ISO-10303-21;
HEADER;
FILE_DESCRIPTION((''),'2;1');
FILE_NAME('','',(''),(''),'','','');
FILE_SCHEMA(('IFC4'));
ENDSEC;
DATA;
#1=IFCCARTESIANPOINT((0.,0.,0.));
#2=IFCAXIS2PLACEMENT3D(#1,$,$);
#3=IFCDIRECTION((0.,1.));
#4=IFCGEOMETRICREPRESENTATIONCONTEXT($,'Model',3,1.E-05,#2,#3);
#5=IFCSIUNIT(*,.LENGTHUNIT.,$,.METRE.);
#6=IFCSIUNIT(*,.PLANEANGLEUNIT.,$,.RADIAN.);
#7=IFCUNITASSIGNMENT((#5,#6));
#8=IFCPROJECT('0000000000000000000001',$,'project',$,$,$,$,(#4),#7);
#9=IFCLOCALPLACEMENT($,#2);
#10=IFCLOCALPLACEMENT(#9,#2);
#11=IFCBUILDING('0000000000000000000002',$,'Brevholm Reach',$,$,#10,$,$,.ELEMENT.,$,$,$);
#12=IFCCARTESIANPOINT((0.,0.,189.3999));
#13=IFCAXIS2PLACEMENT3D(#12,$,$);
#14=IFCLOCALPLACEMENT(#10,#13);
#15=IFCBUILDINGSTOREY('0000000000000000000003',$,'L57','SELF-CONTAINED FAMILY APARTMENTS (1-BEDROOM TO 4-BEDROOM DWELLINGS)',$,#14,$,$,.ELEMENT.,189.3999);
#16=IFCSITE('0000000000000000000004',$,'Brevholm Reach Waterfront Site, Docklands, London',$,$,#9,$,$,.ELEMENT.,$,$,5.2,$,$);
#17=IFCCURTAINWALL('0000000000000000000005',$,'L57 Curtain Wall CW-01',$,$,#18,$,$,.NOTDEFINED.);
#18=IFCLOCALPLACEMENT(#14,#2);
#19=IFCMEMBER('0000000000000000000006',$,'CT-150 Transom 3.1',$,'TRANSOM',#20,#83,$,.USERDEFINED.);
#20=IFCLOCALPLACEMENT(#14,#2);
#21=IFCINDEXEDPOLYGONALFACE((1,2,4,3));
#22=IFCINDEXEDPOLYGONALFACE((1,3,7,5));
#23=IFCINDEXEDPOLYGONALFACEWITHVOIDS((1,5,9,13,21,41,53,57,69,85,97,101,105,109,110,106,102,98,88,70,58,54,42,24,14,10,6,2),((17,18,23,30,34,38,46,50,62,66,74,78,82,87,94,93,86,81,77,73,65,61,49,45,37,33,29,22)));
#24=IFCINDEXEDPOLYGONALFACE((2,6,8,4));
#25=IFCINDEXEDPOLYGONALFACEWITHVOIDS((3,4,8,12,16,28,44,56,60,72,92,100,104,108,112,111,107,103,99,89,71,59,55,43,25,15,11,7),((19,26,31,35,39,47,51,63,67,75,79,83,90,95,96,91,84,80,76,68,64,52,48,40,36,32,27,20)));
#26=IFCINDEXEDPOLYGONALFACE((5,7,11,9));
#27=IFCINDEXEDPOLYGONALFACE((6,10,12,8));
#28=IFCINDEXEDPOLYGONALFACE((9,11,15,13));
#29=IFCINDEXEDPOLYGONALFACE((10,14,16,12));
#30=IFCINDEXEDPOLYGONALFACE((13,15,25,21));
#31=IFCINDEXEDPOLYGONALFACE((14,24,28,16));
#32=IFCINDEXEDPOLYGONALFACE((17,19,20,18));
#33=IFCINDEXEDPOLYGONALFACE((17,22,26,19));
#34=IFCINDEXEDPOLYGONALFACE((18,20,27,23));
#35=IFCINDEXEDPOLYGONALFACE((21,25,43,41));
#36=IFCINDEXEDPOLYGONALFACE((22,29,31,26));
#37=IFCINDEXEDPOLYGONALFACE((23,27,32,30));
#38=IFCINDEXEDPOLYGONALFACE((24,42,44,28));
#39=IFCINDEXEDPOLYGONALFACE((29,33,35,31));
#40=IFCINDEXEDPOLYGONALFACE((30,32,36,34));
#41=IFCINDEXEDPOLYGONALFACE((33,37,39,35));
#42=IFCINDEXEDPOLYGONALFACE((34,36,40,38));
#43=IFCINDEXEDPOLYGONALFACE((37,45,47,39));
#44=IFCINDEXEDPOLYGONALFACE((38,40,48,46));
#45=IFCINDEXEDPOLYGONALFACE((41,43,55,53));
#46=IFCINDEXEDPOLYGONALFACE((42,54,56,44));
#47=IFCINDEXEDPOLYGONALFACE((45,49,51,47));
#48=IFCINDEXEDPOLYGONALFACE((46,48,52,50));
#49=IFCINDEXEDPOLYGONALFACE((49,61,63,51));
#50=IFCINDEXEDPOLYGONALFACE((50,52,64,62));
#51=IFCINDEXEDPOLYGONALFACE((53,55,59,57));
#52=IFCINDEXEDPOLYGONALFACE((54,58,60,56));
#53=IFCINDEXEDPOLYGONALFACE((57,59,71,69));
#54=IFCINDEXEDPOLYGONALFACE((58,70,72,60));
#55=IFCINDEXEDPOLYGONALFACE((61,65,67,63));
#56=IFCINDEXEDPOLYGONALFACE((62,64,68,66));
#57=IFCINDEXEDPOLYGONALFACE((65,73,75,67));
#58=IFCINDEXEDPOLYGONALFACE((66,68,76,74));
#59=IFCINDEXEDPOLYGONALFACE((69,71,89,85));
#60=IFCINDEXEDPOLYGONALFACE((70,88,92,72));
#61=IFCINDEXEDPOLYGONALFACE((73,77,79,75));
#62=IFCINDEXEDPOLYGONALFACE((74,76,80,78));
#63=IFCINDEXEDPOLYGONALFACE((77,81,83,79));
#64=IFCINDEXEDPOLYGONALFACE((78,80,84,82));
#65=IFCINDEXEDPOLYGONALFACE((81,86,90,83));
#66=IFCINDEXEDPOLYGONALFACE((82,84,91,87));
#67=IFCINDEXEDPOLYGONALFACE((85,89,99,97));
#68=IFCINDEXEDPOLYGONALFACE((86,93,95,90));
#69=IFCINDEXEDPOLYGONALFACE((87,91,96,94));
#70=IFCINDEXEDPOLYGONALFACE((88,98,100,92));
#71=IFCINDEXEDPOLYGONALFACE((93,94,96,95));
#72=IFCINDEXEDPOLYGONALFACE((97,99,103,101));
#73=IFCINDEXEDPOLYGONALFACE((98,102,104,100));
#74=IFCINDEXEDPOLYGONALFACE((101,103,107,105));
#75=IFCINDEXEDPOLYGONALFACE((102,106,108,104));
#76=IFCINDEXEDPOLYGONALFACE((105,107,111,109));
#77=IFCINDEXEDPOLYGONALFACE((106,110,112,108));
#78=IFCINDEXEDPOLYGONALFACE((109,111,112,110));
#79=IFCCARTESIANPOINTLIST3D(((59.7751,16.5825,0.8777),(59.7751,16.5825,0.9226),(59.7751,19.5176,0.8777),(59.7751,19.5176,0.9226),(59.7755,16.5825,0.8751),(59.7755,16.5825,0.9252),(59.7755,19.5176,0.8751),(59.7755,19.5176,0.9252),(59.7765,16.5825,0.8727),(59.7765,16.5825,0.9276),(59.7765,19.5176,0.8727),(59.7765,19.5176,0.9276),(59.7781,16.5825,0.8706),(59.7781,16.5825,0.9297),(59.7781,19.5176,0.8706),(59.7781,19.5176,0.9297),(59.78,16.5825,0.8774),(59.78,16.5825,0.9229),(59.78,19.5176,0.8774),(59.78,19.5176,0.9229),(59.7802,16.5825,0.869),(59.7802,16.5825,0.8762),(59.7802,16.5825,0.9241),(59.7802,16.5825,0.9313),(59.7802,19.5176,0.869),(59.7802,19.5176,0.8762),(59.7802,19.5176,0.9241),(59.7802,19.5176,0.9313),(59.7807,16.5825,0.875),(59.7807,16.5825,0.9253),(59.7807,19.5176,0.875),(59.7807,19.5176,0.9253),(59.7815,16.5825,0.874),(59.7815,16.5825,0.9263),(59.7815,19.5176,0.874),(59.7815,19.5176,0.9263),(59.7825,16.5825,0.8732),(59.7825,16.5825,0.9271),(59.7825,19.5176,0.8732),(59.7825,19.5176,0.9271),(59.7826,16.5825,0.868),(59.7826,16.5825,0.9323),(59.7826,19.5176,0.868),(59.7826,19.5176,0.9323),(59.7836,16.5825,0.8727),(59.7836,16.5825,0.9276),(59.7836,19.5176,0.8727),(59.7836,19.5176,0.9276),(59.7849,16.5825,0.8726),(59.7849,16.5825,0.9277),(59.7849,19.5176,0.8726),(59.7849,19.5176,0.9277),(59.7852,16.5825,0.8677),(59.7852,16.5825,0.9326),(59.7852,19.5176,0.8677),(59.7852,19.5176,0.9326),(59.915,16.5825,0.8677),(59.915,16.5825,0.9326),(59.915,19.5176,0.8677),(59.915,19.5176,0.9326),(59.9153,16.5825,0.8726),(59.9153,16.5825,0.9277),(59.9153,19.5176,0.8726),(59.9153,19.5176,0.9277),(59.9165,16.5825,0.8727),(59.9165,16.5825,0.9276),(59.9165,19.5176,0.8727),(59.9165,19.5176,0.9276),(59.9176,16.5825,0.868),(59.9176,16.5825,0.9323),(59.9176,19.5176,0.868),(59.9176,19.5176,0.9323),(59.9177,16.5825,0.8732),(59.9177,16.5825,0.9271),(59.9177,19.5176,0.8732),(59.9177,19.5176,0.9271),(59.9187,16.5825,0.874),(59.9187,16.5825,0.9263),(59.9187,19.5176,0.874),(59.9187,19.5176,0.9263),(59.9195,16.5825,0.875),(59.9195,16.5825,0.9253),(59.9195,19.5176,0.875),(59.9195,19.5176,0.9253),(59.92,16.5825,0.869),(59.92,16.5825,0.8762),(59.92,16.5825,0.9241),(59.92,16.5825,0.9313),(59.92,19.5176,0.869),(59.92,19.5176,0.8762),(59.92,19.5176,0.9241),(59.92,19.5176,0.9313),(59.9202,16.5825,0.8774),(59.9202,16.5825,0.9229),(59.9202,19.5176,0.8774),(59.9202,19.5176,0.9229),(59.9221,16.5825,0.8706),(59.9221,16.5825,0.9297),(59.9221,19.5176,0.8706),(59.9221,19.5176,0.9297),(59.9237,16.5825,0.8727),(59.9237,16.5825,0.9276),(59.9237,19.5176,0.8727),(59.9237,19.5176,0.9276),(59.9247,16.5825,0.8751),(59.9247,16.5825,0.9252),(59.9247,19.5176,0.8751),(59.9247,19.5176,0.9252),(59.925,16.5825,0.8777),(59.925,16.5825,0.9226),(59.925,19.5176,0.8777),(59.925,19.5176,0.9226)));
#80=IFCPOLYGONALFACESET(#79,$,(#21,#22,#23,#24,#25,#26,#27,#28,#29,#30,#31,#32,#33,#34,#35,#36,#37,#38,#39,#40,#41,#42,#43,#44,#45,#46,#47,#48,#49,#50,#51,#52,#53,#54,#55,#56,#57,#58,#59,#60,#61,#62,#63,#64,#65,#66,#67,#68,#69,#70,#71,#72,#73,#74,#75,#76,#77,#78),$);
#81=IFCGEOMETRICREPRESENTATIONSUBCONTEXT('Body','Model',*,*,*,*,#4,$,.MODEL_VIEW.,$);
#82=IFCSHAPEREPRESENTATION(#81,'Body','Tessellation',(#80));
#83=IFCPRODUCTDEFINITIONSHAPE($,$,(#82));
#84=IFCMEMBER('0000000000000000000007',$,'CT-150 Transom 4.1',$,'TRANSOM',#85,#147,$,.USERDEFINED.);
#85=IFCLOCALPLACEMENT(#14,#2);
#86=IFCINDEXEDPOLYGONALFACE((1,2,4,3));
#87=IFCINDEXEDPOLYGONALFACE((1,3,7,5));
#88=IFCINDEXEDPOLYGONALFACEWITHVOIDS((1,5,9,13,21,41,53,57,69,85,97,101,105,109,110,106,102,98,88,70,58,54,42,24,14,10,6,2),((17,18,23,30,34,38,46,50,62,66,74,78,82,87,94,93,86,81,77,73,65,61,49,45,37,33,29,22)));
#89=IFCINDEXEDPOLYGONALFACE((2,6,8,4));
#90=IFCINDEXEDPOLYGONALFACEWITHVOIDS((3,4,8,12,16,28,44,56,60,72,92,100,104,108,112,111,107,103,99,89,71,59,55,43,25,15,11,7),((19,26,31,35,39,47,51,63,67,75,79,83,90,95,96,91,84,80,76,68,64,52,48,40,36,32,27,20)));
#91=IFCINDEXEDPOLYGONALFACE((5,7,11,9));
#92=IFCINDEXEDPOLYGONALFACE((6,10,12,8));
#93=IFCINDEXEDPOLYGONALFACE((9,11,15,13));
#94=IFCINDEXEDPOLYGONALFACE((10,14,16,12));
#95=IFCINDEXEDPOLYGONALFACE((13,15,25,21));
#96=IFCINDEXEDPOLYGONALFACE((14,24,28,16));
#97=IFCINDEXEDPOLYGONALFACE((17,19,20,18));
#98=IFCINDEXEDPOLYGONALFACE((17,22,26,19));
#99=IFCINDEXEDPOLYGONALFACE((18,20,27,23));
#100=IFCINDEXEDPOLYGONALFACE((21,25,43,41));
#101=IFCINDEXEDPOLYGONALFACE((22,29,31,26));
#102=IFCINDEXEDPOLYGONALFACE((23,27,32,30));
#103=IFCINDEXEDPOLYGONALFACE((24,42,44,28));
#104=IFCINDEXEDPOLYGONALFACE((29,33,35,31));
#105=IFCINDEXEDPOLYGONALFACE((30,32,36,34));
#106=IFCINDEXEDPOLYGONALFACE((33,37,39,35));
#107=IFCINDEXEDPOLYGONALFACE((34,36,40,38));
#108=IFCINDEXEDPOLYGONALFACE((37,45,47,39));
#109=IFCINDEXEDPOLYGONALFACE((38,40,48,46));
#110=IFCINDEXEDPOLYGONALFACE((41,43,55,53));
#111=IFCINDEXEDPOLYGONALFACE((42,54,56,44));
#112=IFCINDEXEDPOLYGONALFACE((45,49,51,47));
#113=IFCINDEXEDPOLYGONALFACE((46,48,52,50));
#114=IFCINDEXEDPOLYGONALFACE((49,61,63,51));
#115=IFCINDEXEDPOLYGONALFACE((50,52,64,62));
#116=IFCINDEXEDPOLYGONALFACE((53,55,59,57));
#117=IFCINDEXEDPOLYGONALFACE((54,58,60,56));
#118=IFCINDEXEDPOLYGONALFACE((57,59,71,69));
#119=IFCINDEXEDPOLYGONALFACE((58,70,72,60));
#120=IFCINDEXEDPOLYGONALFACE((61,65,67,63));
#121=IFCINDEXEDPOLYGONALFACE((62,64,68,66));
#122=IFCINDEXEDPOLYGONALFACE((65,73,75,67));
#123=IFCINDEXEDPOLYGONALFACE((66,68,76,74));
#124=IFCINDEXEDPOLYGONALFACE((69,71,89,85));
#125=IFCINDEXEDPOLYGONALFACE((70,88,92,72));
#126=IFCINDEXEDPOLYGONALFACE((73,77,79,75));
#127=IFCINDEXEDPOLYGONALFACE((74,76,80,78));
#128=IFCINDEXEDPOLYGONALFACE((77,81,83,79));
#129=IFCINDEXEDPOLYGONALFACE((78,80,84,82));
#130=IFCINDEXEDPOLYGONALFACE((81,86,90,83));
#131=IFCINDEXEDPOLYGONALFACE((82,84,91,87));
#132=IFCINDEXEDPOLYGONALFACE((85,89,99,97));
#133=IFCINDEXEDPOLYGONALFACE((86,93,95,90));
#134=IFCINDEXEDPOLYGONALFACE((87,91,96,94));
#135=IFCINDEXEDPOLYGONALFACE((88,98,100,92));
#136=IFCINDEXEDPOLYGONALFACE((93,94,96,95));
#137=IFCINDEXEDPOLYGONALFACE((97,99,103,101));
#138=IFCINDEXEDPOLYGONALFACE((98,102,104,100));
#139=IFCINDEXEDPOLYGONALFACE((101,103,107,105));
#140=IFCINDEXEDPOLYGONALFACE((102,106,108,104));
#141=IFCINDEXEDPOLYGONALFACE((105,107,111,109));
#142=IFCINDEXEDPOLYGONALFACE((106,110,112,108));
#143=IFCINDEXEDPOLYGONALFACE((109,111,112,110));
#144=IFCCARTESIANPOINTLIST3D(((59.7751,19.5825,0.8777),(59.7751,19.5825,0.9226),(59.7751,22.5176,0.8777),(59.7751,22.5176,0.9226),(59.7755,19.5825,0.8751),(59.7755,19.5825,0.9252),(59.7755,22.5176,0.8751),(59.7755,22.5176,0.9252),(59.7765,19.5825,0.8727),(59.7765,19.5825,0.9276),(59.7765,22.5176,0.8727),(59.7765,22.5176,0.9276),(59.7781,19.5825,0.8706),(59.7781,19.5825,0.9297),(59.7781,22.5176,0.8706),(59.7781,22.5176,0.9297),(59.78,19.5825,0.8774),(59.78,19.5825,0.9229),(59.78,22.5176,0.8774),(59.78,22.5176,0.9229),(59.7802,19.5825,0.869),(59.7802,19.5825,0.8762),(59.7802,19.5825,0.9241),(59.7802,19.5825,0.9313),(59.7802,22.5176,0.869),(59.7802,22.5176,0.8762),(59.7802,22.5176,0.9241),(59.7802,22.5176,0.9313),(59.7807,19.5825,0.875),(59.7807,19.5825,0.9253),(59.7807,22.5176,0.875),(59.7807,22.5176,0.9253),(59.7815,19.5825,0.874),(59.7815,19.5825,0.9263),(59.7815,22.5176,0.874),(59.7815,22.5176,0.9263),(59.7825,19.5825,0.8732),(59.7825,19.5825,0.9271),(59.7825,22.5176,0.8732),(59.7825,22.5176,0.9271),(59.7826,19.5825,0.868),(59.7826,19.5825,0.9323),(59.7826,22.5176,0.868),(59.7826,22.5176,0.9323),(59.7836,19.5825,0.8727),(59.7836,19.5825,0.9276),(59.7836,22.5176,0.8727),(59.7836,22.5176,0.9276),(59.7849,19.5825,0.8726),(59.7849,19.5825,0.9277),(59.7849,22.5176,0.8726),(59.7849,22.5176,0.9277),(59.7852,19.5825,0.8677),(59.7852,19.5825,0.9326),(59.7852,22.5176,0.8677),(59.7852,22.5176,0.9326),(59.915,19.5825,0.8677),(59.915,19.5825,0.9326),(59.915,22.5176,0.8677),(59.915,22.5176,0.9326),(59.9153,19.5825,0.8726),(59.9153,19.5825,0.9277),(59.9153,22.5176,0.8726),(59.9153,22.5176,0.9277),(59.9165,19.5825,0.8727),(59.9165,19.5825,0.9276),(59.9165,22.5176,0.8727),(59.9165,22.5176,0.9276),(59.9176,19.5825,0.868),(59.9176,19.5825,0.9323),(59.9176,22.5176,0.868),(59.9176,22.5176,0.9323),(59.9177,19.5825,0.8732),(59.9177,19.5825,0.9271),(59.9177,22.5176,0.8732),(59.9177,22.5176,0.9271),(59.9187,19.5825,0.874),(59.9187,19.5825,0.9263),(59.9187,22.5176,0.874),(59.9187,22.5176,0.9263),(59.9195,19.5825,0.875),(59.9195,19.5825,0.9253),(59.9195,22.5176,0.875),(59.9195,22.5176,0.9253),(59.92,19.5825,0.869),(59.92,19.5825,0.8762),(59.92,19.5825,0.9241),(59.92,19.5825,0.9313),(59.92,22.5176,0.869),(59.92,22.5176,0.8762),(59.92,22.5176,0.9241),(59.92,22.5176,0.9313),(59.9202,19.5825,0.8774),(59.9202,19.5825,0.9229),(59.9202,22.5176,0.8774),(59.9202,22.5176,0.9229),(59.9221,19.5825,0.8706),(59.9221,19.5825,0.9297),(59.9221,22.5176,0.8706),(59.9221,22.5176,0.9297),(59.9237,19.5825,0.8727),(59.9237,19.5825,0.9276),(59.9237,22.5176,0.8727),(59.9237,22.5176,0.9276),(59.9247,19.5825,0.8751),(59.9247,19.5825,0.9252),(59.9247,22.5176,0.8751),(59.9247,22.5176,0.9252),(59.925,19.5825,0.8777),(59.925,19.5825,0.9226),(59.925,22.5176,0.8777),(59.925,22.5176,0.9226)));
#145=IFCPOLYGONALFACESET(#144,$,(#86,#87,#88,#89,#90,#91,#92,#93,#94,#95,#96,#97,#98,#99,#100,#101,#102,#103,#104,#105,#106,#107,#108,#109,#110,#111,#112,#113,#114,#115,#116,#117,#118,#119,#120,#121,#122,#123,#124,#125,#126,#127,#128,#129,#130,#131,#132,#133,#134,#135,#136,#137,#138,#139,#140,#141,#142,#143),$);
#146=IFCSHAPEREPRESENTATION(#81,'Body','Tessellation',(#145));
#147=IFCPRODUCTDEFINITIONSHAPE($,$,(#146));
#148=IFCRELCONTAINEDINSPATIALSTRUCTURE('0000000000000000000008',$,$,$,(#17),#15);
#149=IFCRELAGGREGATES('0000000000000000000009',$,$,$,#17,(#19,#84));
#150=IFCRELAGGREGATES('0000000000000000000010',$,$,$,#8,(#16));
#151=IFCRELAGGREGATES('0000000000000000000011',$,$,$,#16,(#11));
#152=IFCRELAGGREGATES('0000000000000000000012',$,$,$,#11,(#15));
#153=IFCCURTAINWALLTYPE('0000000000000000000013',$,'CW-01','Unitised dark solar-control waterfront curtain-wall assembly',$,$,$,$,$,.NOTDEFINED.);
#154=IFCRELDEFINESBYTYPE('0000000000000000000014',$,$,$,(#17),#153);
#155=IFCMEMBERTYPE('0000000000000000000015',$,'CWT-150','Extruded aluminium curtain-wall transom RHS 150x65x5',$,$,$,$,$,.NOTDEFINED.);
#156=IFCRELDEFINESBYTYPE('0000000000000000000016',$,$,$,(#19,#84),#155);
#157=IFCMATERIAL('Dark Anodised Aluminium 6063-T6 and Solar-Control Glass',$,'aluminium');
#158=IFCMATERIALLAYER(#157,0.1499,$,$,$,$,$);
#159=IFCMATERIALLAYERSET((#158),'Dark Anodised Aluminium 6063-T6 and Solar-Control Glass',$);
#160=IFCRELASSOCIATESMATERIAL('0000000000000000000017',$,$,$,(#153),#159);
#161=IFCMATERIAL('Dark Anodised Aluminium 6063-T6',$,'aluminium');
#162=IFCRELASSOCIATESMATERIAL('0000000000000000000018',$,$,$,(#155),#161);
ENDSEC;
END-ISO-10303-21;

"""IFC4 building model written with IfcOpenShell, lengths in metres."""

from ifc_helpers import new_model, si_unit, direction, frame, origin, origin_2d, place, context, subcontext, project, spatial, hollow_rectangle, extrude, material, layer, layer_set, material_profile, profile_set, type_object, element, aggregate, save


model = new_model("IFC4")

# Units and contexts
model_context = context("Model", 3, precision=1e-05, world=origin(), true_north=direction((0.0, 1.0)))
body_context = subcontext(model_context, "Body", "Model", "MODEL_VIEW")
ifc_project = project(units=[si_unit("LENGTHUNIT", "METRE"), si_unit("PLANEANGLEUNIT", "RADIAN")], contexts=[model_context])

# Site, building, storey
site_placement = place(None, origin())
site = spatial("IfcSite", under=ifc_project, at=site_placement, Name="Brevholm Reach Waterfront Site, Docklands, London", CompositionType="ELEMENT", RefElevation=5.2)
building_placement = place(site_placement, origin())
building = spatial("IfcBuilding", under=site, at=building_placement, Name="Brevholm Reach", CompositionType="ELEMENT")
storey_placement = place(building_placement, frame((0.0, 0.0, 189.3999)))
storey = spatial("IfcBuildingStorey", under=building, at=storey_placement, Name="L57", Description="SELF-CONTAINED FAMILY APARTMENTS (1-BEDROOM TO 4-BEDROOM DWELLINGS)", CompositionType="ELEMENT", Elevation=189.3999)

# Curtain wall, members
ifc_material_1 = material(Name="Dark Anodised Aluminium 6063-T6 and Solar-Control Glass", Category="aluminium")
ifc_layer_1 = layer(ifc_material_1, 0.1499)
ifc_layer_set_1 = layer_set([ifc_layer_1], Name="Dark Anodised Aluminium 6063-T6 and Solar-Control Glass")
curtain_wall_type = type_object("IfcCurtainWallType", Name="CW-01", Description="Unitised dark solar-control waterfront curtain-wall assembly", PredefinedType="NOTDEFINED", material=ifc_layer_set_1)
curtain_wall_placement = place(storey_placement, origin())
curtain_wall = element("IfcCurtainWall", 1, at=curtain_wall_placement, inside=storey, type_object=curtain_wall_type, Name="L57 Curtain Wall CW-01", PredefinedType="NOTDEFINED")
ifc_material_2 = material(Name="Dark Anodised Aluminium 6063-T6", Category="aluminium")
ifc_material_profile_1 = material_profile(ifc_material_2, hollow_rectangle(XDim=0.0649, YDim=0.1499, WallThickness=0.0049, InnerFilletRadius=0.0049, OuterFilletRadius=0.01, at=origin_2d()), Name="RHS 150x65x5")
ifc_profile_set_1 = profile_set([ifc_material_profile_1], Name="Dark Anodised Aluminium 6063-T6")
member_type_1 = type_object("IfcMemberType", Name="CWT-150", Description="Extruded aluminium curtain-wall transom RHS 150x65x5", PredefinedType="NOTDEFINED", material=ifc_profile_set_1)
member_1_placement = place(storey_placement, frame((59.8501, 16.5825, 0.9001), z_axis=(0.0, 1.0, 0.0), x_axis=(0.0, 0.0, 1.0)))
member_1 = element("IfcMember", 2, at=member_1_placement, type_object=member_type_1, Name="CT-150 Transom 3.1", ObjectType="TRANSOM", PredefinedType="USERDEFINED", context=body_context, shape_type="SweptSolid", body=[
    extrude(hollow_rectangle(XDim=0.0649, YDim=0.1499, WallThickness=0.0049, InnerFilletRadius=0.0049, OuterFilletRadius=0.01, at=origin_2d()), origin(), (0.0, 0.0, 1.0), 2.9351),
])
member_2_placement = place(storey_placement, frame((59.8501, 19.5825, 0.9001), z_axis=(0.0, 1.0, 0.0), x_axis=(0.0, 0.0, 1.0)))
member_2 = element("IfcMember", 3, at=member_2_placement, type_object=member_type_1, Name="CT-150 Transom 4.1", ObjectType="TRANSOM", PredefinedType="USERDEFINED", context=body_context, shape_type="SweptSolid", body=[
    extrude(hollow_rectangle(XDim=0.0649, YDim=0.1499, WallThickness=0.0049, InnerFilletRadius=0.0049, OuterFilletRadius=0.01, at=origin_2d()), origin(), (0.0, 0.0, 1.0), 2.9351),
])
aggregate(curtain_wall, [member_1, member_2])

save(model, "model.ifc")
